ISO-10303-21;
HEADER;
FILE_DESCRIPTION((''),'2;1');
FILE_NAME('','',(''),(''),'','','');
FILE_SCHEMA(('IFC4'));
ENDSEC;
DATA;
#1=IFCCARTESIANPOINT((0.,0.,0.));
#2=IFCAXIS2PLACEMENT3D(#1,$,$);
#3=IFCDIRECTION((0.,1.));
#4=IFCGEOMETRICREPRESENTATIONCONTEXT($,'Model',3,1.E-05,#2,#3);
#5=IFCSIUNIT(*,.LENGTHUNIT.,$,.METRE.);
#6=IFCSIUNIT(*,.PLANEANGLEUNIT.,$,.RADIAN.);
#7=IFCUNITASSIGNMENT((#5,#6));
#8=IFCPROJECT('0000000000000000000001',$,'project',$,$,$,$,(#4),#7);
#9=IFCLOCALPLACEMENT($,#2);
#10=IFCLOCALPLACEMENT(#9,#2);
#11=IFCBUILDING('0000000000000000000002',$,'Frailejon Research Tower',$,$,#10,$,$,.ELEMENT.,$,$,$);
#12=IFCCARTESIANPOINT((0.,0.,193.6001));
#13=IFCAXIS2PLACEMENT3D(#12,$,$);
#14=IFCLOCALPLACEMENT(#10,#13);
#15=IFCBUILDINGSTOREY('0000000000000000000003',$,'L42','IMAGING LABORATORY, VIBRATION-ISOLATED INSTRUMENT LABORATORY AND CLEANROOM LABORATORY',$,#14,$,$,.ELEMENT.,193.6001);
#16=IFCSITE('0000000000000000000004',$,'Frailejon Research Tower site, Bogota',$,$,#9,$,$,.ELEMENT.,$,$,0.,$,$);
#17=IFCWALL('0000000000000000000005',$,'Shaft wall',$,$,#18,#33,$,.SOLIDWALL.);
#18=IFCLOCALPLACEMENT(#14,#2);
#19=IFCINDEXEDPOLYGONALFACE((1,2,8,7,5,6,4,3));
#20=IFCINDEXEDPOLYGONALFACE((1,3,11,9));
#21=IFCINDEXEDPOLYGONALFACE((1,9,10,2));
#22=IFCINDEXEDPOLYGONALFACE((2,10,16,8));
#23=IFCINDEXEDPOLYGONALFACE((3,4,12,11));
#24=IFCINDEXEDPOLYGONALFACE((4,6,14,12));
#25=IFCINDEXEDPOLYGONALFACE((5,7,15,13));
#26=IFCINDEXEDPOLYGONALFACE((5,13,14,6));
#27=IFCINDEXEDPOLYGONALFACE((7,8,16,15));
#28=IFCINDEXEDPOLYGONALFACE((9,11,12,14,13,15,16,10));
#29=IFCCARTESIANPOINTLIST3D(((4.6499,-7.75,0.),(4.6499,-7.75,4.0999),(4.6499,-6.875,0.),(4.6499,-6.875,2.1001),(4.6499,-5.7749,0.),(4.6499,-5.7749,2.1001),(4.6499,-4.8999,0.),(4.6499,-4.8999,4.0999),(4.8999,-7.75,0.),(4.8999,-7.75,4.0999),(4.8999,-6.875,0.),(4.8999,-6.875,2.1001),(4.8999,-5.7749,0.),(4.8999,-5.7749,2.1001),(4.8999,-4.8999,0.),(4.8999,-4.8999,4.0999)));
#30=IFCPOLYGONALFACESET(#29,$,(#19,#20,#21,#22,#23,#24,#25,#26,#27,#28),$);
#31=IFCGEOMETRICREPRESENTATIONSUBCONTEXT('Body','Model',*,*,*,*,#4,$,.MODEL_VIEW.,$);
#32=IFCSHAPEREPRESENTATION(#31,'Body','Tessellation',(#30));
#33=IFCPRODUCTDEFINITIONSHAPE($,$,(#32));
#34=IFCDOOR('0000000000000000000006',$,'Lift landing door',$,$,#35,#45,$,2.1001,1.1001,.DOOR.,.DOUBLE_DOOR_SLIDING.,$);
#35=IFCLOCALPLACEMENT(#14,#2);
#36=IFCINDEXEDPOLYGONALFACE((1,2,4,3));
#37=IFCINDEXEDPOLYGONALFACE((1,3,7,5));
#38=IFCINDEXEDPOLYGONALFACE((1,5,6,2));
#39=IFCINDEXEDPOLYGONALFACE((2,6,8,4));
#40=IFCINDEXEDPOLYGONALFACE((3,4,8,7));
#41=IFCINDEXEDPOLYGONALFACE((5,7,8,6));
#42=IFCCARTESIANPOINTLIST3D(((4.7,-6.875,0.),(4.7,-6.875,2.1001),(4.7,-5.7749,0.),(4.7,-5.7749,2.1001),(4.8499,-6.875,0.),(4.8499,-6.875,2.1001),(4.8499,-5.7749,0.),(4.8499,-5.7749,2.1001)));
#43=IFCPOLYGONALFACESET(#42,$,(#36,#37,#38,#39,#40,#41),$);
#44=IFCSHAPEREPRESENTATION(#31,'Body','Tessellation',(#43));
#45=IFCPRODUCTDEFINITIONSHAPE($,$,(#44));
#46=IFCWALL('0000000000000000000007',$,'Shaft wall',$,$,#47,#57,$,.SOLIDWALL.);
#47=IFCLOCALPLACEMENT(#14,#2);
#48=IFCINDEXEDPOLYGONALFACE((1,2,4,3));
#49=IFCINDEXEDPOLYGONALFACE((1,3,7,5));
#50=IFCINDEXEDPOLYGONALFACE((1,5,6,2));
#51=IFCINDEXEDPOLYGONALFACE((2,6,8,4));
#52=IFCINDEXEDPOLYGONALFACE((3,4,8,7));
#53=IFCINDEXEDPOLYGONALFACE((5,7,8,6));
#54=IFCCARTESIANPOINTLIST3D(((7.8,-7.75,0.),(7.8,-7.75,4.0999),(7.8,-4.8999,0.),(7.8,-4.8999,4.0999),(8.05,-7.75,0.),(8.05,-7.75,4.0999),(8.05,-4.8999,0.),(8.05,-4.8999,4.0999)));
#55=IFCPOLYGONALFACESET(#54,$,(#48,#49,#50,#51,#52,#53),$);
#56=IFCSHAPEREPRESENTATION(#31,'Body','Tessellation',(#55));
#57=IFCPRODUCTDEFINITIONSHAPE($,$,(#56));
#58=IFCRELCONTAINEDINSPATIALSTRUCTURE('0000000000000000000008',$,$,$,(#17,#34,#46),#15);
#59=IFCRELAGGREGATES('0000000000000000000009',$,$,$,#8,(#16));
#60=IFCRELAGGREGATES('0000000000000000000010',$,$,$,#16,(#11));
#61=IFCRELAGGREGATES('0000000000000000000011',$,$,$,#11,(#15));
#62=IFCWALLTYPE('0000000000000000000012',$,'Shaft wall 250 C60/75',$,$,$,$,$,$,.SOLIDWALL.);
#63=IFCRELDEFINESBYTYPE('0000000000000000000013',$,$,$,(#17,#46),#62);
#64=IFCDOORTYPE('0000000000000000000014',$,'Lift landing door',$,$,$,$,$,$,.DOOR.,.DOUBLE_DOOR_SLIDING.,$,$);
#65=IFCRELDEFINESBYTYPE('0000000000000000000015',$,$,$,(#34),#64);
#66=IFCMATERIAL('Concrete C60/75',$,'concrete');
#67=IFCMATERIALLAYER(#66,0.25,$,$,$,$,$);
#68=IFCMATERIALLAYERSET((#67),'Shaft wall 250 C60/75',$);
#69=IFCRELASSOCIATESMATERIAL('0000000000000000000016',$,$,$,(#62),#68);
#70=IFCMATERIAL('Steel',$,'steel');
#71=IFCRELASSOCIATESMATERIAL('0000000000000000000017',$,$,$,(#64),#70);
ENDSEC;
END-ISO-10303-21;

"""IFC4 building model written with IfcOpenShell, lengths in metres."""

from ifc_helpers import new_model, si_unit, direction, frame, frame_2d, origin, place, context, subcontext, project, spatial, rectangle, extrude, material, layer, layer_set, type_object, element, fill, save


model = new_model("IFC4")

# Units and contexts
model_context = context("Model", 3, precision=1e-05, world=origin(), true_north=direction((0.0, 1.0)))
body_context = subcontext(model_context, "Body", "Model", "MODEL_VIEW")
ifc_project = project(units=[si_unit("LENGTHUNIT", "METRE"), si_unit("PLANEANGLEUNIT", "RADIAN")], contexts=[model_context])

# Site, building, storey
site_placement = place(None, origin())
site = spatial("IfcSite", under=ifc_project, at=site_placement, Name="Frailejon Research Tower site, Bogota", CompositionType="ELEMENT", RefElevation=0.0)
building_placement = place(site_placement, origin())
building = spatial("IfcBuilding", under=site, at=building_placement, Name="Frailejon Research Tower", CompositionType="ELEMENT")
storey_placement = place(building_placement, frame((0.0, 0.0, 193.6001)))
storey = spatial("IfcBuildingStorey", under=building, at=storey_placement, Name="L42", Description="IMAGING LABORATORY, VIBRATION-ISOLATED INSTRUMENT LABORATORY AND CLEANROOM LABORATORY", CompositionType="ELEMENT", Elevation=193.6001)

# Wall, opening, door
ifc_material_1 = material(Name="Concrete C60/75", Category="concrete")
ifc_layer_1 = layer(ifc_material_1, 0.25)
ifc_layer_set_1 = layer_set([ifc_layer_1], Name="Shaft wall 250 C60/75")
wall_type_1 = type_object("IfcWallType", Name="Shaft wall 250 C60/75", PredefinedType="SOLIDWALL", material=ifc_layer_set_1)
ifc_material_2 = material(Name="Steel", Category="steel")
door_type_1 = type_object("IfcDoorType", Name="Lift landing door", OperationType="DOUBLE_DOOR_SLIDING", PredefinedType="DOOR", material=ifc_material_2)
wall_1_placement = place(storey_placement, frame((4.7749, -7.75, 0.0), z_axis=(0.0, 0.0, 1.0), x_axis=(0.0, 1.0, 0.0)))
wall_1 = element("IfcWall", 1, at=wall_1_placement, inside=storey, type_object=wall_type_1, Name="Shaft wall", PredefinedType="SOLIDWALL", context=body_context, shape_type="SweptSolid", body=[
    extrude(rectangle(XDim=2.8501, YDim=0.25, at=frame_2d((1.425, 0.0))), origin(), (0.0, 0.0, 1.0), 4.0999),
])
opening_1_placement = place(wall_1_placement, frame((0.875, 0.0, 0.0)))
opening_1 = element("IfcOpeningElement", 2, at=opening_1_placement, cuts=wall_1, PredefinedType="OPENING", context=body_context, shape_type="SweptSolid", body=[
    extrude(rectangle(XDim=1.1001, YDim=2.1001, at=frame_2d((0.55, 1.05))), frame((0.0, 0.135, 0.0), z_axis=(0.0, -1.0, 0.0), x_axis=(1.0, 0.0, 0.0)), (0.0, 0.0, 1.0), 0.27),
])
door_1_placement = place(opening_1_placement, origin())
door_1 = element("IfcDoor", 3, at=door_1_placement, inside=storey, type_object=door_type_1, Name="Lift landing door", OperationType="DOUBLE_DOOR_SLIDING", OverallHeight=2.1001, OverallWidth=1.1001, PredefinedType="DOOR", context=body_context, shape_type="SweptSolid", body=[
    extrude(rectangle(XDim=1.1001, YDim=2.1001, at=frame_2d((0.55, 1.05))), frame((0.0, 0.075, 0.0), z_axis=(0.0, -1.0, 0.0), x_axis=(1.0, 0.0, 0.0)), (0.0, 0.0, 1.0), 0.1499),
])
fill(opening_1, door_1)

# Wall
wall_2_placement = place(storey_placement, frame((7.925, -7.75, 0.0), z_axis=(0.0, 0.0, 1.0), x_axis=(0.0, 1.0, 0.0)))
element("IfcWall", 4, at=wall_2_placement, inside=storey, type_object=wall_type_1, Name="Shaft wall", PredefinedType="SOLIDWALL", context=body_context, shape_type="SweptSolid", body=[
    extrude(rectangle(XDim=2.8501, YDim=0.25, at=frame_2d((1.425, 0.0))), origin(), (0.0, 0.0, 1.0), 4.0999),
])

save(model, "model.ifc")
